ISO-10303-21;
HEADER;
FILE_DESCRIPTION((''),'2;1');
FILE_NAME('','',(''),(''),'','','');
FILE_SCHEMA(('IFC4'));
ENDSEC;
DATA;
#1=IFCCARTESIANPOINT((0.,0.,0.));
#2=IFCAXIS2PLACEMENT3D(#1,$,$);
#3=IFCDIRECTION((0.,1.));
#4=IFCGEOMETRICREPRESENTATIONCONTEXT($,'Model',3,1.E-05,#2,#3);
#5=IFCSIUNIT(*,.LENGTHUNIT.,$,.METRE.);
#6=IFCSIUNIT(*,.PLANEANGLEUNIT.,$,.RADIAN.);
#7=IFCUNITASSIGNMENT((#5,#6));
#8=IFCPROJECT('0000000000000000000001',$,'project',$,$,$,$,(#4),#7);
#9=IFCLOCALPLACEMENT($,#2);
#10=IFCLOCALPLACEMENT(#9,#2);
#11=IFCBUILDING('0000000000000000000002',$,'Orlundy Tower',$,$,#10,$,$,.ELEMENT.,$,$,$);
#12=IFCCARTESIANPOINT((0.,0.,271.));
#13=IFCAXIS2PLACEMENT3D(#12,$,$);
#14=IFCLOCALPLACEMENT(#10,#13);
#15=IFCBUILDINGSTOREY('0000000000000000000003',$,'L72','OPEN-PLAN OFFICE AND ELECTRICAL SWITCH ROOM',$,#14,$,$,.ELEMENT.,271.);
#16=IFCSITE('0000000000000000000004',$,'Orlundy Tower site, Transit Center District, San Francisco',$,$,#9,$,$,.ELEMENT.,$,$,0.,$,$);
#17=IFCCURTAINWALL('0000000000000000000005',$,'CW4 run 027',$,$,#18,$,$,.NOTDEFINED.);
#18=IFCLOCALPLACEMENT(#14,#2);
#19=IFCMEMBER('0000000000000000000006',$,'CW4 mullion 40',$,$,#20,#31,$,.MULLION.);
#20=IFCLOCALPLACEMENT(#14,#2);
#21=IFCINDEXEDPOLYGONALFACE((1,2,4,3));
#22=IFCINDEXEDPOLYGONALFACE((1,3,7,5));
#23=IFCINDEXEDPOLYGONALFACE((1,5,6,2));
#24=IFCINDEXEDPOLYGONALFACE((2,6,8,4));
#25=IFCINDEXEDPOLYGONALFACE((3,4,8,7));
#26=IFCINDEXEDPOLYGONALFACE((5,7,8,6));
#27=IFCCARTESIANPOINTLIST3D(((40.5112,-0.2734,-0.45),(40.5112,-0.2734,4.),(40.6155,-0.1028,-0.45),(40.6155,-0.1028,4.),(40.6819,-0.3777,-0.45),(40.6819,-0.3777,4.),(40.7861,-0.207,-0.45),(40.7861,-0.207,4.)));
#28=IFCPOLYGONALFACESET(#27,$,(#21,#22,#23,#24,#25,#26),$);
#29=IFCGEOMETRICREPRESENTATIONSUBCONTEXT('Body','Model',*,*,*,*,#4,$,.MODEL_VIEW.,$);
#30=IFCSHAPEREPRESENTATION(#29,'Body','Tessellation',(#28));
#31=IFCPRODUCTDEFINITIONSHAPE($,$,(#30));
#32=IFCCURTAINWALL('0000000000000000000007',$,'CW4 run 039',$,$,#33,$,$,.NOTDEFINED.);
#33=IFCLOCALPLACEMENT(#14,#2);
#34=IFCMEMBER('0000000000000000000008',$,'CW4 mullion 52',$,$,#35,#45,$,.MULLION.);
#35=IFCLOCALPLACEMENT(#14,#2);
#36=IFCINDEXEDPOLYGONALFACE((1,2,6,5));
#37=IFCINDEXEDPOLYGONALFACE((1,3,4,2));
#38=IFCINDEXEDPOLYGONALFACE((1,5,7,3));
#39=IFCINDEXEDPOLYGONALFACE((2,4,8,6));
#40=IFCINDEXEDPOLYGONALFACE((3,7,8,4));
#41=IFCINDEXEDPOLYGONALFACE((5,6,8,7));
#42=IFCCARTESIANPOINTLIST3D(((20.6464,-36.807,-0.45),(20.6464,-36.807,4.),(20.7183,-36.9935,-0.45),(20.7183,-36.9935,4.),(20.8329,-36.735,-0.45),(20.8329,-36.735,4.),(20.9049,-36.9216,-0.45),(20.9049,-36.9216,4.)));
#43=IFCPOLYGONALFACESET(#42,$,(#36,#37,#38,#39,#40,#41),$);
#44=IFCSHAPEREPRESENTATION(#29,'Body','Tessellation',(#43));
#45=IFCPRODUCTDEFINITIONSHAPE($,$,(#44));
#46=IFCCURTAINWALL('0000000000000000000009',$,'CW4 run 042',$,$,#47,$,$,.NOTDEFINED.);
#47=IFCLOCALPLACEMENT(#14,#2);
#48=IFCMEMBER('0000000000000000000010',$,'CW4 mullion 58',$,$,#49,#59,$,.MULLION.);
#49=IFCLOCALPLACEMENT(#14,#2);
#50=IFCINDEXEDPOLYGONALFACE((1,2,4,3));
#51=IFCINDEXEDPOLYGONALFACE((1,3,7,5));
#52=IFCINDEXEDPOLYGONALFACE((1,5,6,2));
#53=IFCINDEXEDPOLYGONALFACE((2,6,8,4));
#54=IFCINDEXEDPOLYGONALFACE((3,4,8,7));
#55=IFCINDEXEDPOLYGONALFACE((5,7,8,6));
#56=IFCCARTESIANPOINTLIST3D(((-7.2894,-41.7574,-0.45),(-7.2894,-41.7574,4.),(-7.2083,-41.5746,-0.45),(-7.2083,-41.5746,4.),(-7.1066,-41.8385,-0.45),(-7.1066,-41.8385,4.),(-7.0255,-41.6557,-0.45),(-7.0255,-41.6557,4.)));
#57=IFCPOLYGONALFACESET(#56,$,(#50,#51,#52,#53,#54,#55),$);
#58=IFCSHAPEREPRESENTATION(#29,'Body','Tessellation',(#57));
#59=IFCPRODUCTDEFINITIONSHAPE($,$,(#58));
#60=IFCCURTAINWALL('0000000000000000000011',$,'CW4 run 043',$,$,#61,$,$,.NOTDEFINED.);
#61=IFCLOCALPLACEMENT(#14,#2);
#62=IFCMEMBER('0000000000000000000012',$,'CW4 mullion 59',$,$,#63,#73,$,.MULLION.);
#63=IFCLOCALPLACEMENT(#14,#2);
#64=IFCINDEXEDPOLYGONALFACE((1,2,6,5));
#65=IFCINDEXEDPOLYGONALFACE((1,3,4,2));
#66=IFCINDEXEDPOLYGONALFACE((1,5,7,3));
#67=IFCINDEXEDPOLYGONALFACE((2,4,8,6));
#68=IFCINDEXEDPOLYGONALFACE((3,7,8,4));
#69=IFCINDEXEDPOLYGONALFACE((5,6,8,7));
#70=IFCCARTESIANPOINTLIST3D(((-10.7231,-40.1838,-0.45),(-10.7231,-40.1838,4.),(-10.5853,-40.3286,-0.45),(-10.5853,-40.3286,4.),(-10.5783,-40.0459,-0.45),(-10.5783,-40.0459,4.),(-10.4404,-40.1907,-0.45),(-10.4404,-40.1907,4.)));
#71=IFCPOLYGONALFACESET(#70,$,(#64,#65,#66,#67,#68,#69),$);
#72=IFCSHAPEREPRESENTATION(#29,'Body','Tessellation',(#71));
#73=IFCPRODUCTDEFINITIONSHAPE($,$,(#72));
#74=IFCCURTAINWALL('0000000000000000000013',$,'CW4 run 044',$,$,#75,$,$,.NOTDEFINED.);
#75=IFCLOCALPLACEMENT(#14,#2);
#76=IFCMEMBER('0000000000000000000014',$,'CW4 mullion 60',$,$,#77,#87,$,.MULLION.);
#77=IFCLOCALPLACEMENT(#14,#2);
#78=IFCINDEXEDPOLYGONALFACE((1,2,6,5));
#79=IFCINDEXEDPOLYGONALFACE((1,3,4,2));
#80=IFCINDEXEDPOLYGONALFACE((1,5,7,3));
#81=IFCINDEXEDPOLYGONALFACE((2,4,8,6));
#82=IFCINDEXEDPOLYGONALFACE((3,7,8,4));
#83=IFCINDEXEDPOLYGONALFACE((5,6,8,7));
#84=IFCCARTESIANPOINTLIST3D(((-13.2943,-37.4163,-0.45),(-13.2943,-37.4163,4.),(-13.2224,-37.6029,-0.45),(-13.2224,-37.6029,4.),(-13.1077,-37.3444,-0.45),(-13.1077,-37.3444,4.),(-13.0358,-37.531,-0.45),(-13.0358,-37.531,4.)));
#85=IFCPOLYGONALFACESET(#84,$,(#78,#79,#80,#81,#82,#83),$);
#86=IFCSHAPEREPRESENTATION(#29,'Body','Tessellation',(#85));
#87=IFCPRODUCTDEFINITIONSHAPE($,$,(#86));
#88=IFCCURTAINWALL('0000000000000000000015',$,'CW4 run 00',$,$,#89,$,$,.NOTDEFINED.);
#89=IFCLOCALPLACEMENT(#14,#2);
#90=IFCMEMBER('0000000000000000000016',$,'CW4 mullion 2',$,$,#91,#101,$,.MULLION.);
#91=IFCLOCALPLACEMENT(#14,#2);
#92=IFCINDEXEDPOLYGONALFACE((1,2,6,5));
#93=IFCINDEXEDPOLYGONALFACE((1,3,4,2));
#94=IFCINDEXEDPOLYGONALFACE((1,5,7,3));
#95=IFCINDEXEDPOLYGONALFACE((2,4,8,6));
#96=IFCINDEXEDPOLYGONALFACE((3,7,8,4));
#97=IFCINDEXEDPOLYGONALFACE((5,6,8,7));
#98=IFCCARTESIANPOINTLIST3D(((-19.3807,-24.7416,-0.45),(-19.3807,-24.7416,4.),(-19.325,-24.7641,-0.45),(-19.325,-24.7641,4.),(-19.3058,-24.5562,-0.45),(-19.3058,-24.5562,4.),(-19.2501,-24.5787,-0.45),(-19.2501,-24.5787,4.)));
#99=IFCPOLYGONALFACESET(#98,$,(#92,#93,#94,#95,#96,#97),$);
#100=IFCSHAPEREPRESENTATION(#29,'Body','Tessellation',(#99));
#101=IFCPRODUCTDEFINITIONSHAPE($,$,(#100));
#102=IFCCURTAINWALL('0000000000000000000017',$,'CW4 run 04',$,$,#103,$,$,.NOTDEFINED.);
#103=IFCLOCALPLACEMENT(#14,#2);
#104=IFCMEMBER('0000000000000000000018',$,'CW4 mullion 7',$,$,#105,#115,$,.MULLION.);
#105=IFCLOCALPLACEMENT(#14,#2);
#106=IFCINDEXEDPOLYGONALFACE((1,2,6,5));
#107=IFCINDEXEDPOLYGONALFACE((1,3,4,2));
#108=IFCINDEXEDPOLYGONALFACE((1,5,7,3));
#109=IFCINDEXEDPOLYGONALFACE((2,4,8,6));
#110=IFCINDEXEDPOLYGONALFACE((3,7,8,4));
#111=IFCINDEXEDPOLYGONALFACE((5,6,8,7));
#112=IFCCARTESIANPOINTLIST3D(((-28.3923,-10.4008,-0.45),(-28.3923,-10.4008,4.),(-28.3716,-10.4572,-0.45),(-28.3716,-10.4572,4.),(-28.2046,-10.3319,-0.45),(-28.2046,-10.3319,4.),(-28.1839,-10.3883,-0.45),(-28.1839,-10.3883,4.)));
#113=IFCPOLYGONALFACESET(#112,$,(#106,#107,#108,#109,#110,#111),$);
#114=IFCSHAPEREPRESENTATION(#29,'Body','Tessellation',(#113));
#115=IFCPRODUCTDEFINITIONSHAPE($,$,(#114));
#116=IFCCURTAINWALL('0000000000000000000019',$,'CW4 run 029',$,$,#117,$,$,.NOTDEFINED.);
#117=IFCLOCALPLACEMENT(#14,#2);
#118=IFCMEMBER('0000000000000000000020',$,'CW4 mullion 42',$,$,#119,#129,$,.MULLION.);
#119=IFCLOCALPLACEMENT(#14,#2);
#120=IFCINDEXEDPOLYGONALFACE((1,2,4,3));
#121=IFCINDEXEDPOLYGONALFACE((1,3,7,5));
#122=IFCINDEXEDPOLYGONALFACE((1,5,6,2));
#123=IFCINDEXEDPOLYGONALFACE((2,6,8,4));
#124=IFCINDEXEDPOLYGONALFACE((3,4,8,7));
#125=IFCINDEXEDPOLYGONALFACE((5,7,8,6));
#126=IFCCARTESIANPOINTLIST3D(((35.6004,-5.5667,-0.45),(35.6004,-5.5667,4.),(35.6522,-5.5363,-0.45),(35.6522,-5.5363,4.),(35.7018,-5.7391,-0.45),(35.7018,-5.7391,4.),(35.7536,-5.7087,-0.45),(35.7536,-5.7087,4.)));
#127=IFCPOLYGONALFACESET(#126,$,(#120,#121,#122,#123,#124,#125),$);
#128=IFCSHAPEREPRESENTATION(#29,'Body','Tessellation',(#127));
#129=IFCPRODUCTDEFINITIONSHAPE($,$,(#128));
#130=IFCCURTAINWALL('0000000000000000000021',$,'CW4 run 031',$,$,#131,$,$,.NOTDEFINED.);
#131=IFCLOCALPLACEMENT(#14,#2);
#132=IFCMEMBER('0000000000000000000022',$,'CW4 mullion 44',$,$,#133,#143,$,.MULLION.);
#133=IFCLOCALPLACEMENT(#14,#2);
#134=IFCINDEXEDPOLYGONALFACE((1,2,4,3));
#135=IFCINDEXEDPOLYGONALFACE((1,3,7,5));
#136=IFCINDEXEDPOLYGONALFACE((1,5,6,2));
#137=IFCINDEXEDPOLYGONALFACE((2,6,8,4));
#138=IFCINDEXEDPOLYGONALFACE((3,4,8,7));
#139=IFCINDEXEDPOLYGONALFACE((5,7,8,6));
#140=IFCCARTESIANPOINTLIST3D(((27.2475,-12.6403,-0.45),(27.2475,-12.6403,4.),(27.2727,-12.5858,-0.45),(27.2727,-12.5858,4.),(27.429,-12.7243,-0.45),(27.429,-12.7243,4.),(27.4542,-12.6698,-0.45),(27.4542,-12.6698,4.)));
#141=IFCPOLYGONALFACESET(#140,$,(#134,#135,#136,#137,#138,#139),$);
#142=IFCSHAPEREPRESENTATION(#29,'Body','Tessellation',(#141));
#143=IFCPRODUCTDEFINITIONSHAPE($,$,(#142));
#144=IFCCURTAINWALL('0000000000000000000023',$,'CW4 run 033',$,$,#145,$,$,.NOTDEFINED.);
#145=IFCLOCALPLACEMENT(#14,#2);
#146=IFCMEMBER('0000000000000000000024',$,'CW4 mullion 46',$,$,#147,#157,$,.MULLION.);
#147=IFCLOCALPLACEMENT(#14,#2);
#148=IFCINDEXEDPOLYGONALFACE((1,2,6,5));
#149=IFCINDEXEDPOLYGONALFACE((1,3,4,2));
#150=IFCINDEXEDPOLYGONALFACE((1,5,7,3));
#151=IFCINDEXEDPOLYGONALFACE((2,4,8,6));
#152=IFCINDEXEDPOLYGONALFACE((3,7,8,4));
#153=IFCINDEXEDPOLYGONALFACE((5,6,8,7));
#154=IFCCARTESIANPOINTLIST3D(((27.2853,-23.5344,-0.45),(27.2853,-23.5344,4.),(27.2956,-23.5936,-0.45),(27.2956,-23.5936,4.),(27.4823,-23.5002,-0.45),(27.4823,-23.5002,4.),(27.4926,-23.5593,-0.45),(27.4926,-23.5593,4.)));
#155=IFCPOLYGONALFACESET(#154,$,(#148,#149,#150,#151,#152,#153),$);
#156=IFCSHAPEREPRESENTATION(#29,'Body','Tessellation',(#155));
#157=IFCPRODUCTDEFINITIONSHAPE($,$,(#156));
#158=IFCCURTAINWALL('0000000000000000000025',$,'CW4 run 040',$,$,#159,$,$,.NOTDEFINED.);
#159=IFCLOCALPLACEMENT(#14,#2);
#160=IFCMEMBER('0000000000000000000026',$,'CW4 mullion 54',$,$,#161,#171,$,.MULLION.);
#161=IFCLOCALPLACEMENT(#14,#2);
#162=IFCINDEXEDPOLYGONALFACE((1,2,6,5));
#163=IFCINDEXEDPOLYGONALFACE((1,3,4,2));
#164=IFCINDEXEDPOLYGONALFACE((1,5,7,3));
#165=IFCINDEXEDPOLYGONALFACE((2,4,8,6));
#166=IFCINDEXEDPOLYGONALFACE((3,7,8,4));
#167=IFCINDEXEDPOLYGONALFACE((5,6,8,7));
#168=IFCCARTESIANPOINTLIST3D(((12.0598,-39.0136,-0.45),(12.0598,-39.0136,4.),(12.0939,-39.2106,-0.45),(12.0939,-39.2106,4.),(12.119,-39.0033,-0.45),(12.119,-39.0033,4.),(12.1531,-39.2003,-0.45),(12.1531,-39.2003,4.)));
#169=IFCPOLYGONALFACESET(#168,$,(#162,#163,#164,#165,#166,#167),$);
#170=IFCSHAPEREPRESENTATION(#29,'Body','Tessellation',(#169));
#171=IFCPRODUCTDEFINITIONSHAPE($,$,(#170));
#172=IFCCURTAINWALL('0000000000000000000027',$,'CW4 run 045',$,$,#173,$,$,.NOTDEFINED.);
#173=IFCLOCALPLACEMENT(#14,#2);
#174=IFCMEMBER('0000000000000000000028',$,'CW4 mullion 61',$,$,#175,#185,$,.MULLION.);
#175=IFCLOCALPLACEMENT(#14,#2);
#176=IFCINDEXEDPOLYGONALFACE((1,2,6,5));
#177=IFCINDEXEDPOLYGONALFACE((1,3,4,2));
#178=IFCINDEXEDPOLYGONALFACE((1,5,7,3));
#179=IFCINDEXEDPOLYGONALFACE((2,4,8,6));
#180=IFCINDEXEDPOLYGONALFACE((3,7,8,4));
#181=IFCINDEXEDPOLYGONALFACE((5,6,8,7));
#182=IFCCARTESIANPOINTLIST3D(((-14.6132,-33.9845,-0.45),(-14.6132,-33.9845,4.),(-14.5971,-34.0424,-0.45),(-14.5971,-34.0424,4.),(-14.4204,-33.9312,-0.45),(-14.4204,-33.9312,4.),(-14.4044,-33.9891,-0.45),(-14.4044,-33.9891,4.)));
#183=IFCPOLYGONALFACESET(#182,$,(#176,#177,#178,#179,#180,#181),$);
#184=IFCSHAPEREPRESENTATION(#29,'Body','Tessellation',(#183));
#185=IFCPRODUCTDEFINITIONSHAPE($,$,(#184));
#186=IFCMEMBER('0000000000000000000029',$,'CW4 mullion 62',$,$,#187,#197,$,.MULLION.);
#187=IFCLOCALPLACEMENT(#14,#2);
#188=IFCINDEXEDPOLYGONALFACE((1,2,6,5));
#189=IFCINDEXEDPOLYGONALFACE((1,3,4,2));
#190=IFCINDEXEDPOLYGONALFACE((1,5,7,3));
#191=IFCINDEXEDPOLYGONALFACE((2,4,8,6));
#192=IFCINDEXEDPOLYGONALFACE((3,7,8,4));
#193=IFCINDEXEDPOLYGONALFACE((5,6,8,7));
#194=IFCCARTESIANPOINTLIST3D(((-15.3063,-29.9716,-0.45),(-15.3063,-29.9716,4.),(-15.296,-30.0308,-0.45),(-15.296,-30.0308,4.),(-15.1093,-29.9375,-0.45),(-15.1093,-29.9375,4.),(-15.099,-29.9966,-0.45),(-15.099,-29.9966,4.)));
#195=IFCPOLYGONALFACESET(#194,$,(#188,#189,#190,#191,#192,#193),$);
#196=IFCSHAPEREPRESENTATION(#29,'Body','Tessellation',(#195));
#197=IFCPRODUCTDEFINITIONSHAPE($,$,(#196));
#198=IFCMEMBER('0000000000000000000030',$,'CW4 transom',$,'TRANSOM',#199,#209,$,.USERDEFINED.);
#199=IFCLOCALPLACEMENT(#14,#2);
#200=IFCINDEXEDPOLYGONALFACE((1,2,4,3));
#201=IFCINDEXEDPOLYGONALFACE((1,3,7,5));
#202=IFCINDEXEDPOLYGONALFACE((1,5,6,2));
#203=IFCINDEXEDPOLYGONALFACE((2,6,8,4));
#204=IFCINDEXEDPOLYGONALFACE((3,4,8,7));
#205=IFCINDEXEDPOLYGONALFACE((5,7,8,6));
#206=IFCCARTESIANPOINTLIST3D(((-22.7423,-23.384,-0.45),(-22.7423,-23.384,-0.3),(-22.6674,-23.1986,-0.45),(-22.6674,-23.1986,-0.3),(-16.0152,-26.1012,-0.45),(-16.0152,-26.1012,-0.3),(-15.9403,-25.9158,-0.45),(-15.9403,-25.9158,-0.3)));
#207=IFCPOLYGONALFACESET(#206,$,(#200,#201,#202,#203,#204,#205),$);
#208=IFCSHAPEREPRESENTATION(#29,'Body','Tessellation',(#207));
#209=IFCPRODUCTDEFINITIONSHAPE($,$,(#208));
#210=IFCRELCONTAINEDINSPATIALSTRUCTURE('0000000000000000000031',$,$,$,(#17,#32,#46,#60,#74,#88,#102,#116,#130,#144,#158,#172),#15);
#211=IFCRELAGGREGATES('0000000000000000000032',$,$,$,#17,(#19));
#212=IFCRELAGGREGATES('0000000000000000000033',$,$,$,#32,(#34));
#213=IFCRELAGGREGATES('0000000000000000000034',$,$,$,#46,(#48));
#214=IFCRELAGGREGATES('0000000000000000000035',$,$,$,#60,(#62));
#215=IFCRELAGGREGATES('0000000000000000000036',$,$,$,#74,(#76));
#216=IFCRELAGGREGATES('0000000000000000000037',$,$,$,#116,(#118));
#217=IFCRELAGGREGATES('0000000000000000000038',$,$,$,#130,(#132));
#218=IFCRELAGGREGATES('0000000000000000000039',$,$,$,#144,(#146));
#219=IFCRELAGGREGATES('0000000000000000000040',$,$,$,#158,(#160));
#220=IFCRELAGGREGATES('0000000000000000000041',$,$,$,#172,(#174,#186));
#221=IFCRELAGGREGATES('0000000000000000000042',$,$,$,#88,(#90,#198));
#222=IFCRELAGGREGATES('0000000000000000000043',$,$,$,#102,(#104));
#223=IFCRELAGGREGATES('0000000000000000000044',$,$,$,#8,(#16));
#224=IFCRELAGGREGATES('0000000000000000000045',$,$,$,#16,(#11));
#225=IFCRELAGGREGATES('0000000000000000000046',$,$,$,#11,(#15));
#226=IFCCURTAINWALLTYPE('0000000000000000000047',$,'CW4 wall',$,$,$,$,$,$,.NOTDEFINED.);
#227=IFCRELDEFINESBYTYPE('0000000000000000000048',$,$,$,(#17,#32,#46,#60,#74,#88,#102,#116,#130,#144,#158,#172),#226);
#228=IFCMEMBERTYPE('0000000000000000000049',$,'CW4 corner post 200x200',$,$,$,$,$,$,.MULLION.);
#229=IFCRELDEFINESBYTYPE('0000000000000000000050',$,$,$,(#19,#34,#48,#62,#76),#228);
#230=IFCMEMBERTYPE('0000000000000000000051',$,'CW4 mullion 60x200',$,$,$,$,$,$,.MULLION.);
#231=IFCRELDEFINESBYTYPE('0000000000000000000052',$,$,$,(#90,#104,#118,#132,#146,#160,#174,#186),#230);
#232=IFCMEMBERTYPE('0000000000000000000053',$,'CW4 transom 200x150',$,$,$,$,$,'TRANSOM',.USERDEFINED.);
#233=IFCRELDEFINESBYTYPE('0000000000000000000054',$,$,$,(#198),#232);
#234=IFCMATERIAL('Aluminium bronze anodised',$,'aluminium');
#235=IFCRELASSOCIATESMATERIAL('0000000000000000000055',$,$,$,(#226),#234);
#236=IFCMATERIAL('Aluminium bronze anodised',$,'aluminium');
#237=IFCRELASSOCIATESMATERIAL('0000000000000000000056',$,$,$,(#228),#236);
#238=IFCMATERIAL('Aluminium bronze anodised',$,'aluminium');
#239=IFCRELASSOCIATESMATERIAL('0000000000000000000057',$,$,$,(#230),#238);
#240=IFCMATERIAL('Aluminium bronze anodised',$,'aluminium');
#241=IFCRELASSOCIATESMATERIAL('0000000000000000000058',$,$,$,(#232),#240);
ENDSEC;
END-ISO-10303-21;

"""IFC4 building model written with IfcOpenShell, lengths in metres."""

from ifc_helpers import new_model, si_unit, direction, frame, origin, origin_2d, place, context, subcontext, project, spatial, rectangle, extrude, material, material_profile, profile_set, type_object, element, aggregate, save


model = new_model("IFC4")

# Units and contexts
model_context = context("Model", 3, precision=1e-05, world=origin(), true_north=direction((0.0, 1.0)))
body_context = subcontext(model_context, "Body", "Model", "MODEL_VIEW")
ifc_project = project(units=[si_unit("LENGTHUNIT", "METRE"), si_unit("PLANEANGLEUNIT", "RADIAN")], contexts=[model_context])

# Site, building, storey
site_placement = place(None, origin())
site = spatial("IfcSite", under=ifc_project, at=site_placement, Name="Orlundy Tower site, Transit Center District, San Francisco", CompositionType="ELEMENT", RefElevation=0.0)
building_placement = place(site_placement, origin())
building = spatial("IfcBuilding", under=site, at=building_placement, Name="Orlundy Tower", CompositionType="ELEMENT")
storey_placement = place(building_placement, frame((0.0, 0.0, 271.0)))
storey = spatial("IfcBuildingStorey", under=building, at=storey_placement, Name="L72", Description="OPEN-PLAN OFFICE AND ELECTRICAL SWITCH ROOM", CompositionType="ELEMENT", Elevation=271.0)

# Curtain walls, members
ifc_material_1 = material(Name="Aluminium bronze anodised", Category="aluminium")
curtain_wall_type = type_object("IfcCurtainWallType", Name="CW4 wall", PredefinedType="NOTDEFINED", material=ifc_material_1)
curtain_wall_1_placement = place(storey_placement, origin())
curtain_wall_1 = element("IfcCurtainWall", 1, at=curtain_wall_1_placement, inside=storey, type_object=curtain_wall_type, Name="CW4 run 027", PredefinedType="NOTDEFINED")
ifc_material_2 = material(Name="Aluminium bronze anodised", Category="aluminium")
ifc_material_profile_1 = material_profile(ifc_material_2, rectangle(XDim=0.2, YDim=0.2, at=origin_2d()), Name="CW4 corner post 200x200")
ifc_profile_set_1 = profile_set([ifc_material_profile_1], Name="Aluminium bronze anodised")
member_type_1 = type_object("IfcMemberType", Name="CW4 corner post 200x200", PredefinedType="MULLION", material=ifc_profile_set_1)
member_1_placement = place(storey_placement, frame((40.6487, -0.2402, -0.45), z_axis=(0.0, 0.0, 1.0), x_axis=(0.853395, -0.521264, 0.0)))
member_1 = element("IfcMember", 2, at=member_1_placement, type_object=member_type_1, Name="CW4 mullion 40", PredefinedType="MULLION", context=body_context, shape_type="SweptSolid", body=[
    extrude(rectangle(XDim=0.2, YDim=0.2, at=origin_2d()), origin(), (0.0, 0.0, 1.0), 4.45),
])
aggregate(curtain_wall_1, [member_1])
curtain_wall_2_placement = place(storey_placement, origin())
curtain_wall_2 = element("IfcCurtainWall", 3, at=curtain_wall_2_placement, inside=storey, type_object=curtain_wall_type, Name="CW4 run 039", PredefinedType="NOTDEFINED")
member_2_placement = place(storey_placement, frame((20.7756, -36.8643, -0.45), z_axis=(0.0, 0.0, 1.0), x_axis=(0.359828, -0.933018, 0.0)))
member_2 = element("IfcMember", 4, at=member_2_placement, type_object=member_type_1, Name="CW4 mullion 52", PredefinedType="MULLION", context=body_context, shape_type="SweptSolid", body=[
    extrude(rectangle(XDim=0.2, YDim=0.2, at=origin_2d()), origin(), (0.0, 0.0, 1.0), 4.45),
])
aggregate(curtain_wall_2, [member_2])
curtain_wall_3_placement = place(storey_placement, origin())
curtain_wall_3 = element("IfcCurtainWall", 5, at=curtain_wall_3_placement, inside=storey, type_object=curtain_wall_type, Name="CW4 run 042", PredefinedType="NOTDEFINED")
member_3_placement = place(storey_placement, frame((-7.1575, -41.7065, -0.45), z_axis=(0.0, 0.0, 1.0), x_axis=(-0.405513, -0.914089, 0.0)))
member_3 = element("IfcMember", 6, at=member_3_placement, type_object=member_type_1, Name="CW4 mullion 58", PredefinedType="MULLION", context=body_context, shape_type="SweptSolid", body=[
    extrude(rectangle(XDim=0.2, YDim=0.2, at=origin_2d()), origin(), (0.0, 0.0, 1.0), 4.45),
])
aggregate(curtain_wall_3, [member_3])
curtain_wall_4_placement = place(storey_placement, origin())
curtain_wall_4 = element("IfcCurtainWall", 7, at=curtain_wall_4_placement, inside=storey, type_object=curtain_wall_type, Name="CW4 run 043", PredefinedType="NOTDEFINED")
member_4_placement = place(storey_placement, frame((-10.5818, -40.1873, -0.45), z_axis=(0.0, 0.0, 1.0), x_axis=(-0.724292, -0.689493, 0.0)))
member_4 = element("IfcMember", 8, at=member_4_placement, type_object=member_type_1, Name="CW4 mullion 59", PredefinedType="MULLION", context=body_context, shape_type="SweptSolid", body=[
    extrude(rectangle(XDim=0.2, YDim=0.2, at=origin_2d()), origin(), (0.0, 0.0, 1.0), 4.45),
])
aggregate(curtain_wall_4, [member_4])
curtain_wall_5_placement = place(storey_placement, origin())
curtain_wall_5 = element("IfcCurtainWall", 9, at=curtain_wall_5_placement, inside=storey, type_object=curtain_wall_type, Name="CW4 run 044", PredefinedType="NOTDEFINED")
member_5_placement = place(storey_placement, frame((-13.165, -37.4736, -0.45), z_axis=(0.0, 0.0, 1.0), x_axis=(-0.933109, -0.359594, 0.0)))
member_5 = element("IfcMember", 10, at=member_5_placement, type_object=member_type_1, Name="CW4 mullion 60", PredefinedType="MULLION", context=body_context, shape_type="SweptSolid", body=[
    extrude(rectangle(XDim=0.2, YDim=0.2, at=origin_2d()), origin(), (0.0, 0.0, 1.0), 4.45),
])
aggregate(curtain_wall_5, [member_5])
curtain_wall_6_placement = place(storey_placement, origin())
curtain_wall_6 = element("IfcCurtainWall", 11, at=curtain_wall_6_placement, inside=storey, type_object=curtain_wall_type, Name="CW4 run 00", PredefinedType="NOTDEFINED")
ifc_material_3 = material(Name="Aluminium bronze anodised", Category="aluminium")
ifc_material_profile_2 = material_profile(ifc_material_3, rectangle(XDim=0.2, YDim=0.0601, at=origin_2d()), Name="CW4 mullion 60x200")
ifc_profile_set_2 = profile_set([ifc_material_profile_2], Name="Aluminium bronze anodised")
member_type_2 = type_object("IfcMemberType", Name="CW4 mullion 60x200", PredefinedType="MULLION", material=ifc_profile_set_2)
member_6_placement = place(storey_placement, frame((-19.3154, -24.6602, -0.45), z_axis=(0.0, 0.0, 1.0), x_axis=(-0.374533, -0.927213, 0.0)))
member_6 = element("IfcMember", 12, at=member_6_placement, type_object=member_type_2, Name="CW4 mullion 2", PredefinedType="MULLION", context=body_context, shape_type="SweptSolid", body=[
    extrude(rectangle(XDim=0.2, YDim=0.0601, at=origin_2d()), origin(), (0.0, 0.0, 1.0), 4.45),
])
curtain_wall_7_placement = place(storey_placement, origin())
curtain_wall_7 = element("IfcCurtainWall", 13, at=curtain_wall_7_placement, inside=storey, type_object=curtain_wall_type, Name="CW4 run 04", PredefinedType="NOTDEFINED")
member_7_placement = place(storey_placement, frame((-28.2881, -10.3945, -0.45), z_axis=(0.0, 0.0, 1.0), x_axis=(-0.93869, -0.344761, 0.0)))
member_7 = element("IfcMember", 14, at=member_7_placement, type_object=member_type_2, Name="CW4 mullion 7", PredefinedType="MULLION", context=body_context, shape_type="SweptSolid", body=[
    extrude(rectangle(XDim=0.2, YDim=0.0601, at=origin_2d()), origin(), (0.0, 0.0, 1.0), 4.45),
])
curtain_wall_8_placement = place(storey_placement, origin())
curtain_wall_8 = element("IfcCurtainWall", 15, at=curtain_wall_8_placement, inside=storey, type_object=curtain_wall_type, Name="CW4 run 029", PredefinedType="NOTDEFINED")
member_8_placement = place(storey_placement, frame((35.677, -5.6377, -0.45), z_axis=(0.0, 0.0, 1.0), x_axis=(0.506928, -0.861989, 0.0)))
member_8 = element("IfcMember", 16, at=member_8_placement, type_object=member_type_2, Name="CW4 mullion 42", PredefinedType="MULLION", context=body_context, shape_type="SweptSolid", body=[
    extrude(rectangle(XDim=0.2, YDim=0.0601, at=origin_2d()), origin(), (0.0, 0.0, 1.0), 4.45),
])
aggregate(curtain_wall_8, [member_8])
curtain_wall_9_placement = place(storey_placement, origin())
curtain_wall_9 = element("IfcCurtainWall", 17, at=curtain_wall_9_placement, inside=storey, type_object=curtain_wall_type, Name="CW4 run 031", PredefinedType="NOTDEFINED")
member_9_placement = place(storey_placement, frame((27.3508, -12.655, -0.45), z_axis=(0.0, 0.0, 1.0), x_axis=(0.907539, -0.419969, 0.0)))
member_9 = element("IfcMember", 18, at=member_9_placement, type_object=member_type_2, Name="CW4 mullion 44", PredefinedType="MULLION", context=body_context, shape_type="SweptSolid", body=[
    extrude(rectangle(XDim=0.2, YDim=0.0601, at=origin_2d()), origin(), (0.0, 0.0, 1.0), 4.45),
])
aggregate(curtain_wall_9, [member_9])
curtain_wall_10_placement = place(storey_placement, origin())
curtain_wall_10 = element("IfcCurtainWall", 19, at=curtain_wall_10_placement, inside=storey, type_object=curtain_wall_type, Name="CW4 run 033", PredefinedType="NOTDEFINED")
member_10_placement = place(storey_placement, frame((27.3889, -23.5469, -0.45), z_axis=(0.0, 0.0, 1.0), x_axis=(0.9852, 0.171411, 0.0)))
member_10 = element("IfcMember", 20, at=member_10_placement, type_object=member_type_2, Name="CW4 mullion 46", PredefinedType="MULLION", context=body_context, shape_type="SweptSolid", body=[
    extrude(rectangle(XDim=0.2, YDim=0.0601, at=origin_2d()), origin(), (0.0, 0.0, 1.0), 4.45),
])
aggregate(curtain_wall_10, [member_10])
curtain_wall_11_placement = place(storey_placement, origin())
curtain_wall_11 = element("IfcCurtainWall", 21, at=curtain_wall_11_placement, inside=storey, type_object=curtain_wall_type, Name="CW4 run 040", PredefinedType="NOTDEFINED")
member_11_placement = place(storey_placement, frame((12.1064, -39.1069, -0.45), z_axis=(0.0, 0.0, 1.0), x_axis=(0.170766, -0.985312, 0.0)))
member_11 = element("IfcMember", 22, at=member_11_placement, type_object=member_type_2, Name="CW4 mullion 54", PredefinedType="MULLION", context=body_context, shape_type="SweptSolid", body=[
    extrude(rectangle(XDim=0.2, YDim=0.0601, at=origin_2d()), origin(), (0.0, 0.0, 1.0), 4.45),
])
aggregate(curtain_wall_11, [member_11])

# Curtain wall, members
curtain_wall_12_placement = place(storey_placement, origin())
curtain_wall_12 = element("IfcCurtainWall", 23, at=curtain_wall_12_placement, inside=storey, type_object=curtain_wall_type, Name="CW4 run 045", PredefinedType="NOTDEFINED")
member_12_placement = place(storey_placement, frame((-14.5088, -33.9868, -0.45), z_axis=(0.0, 0.0, 1.0), x_axis=(-0.963847, -0.266457, 0.0)))
member_12 = element("IfcMember", 24, at=member_12_placement, type_object=member_type_2, Name="CW4 mullion 61", PredefinedType="MULLION", context=body_context, shape_type="SweptSolid", body=[
    extrude(rectangle(XDim=0.2, YDim=0.0601, at=origin_2d()), origin(), (0.0, 0.0, 1.0), 4.45),
])
member_13_placement = place(storey_placement, frame((-15.2026, -29.9841, -0.45), z_axis=(0.0, 0.0, 1.0), x_axis=(-0.985313, -0.170758, 0.0)))
member_13 = element("IfcMember", 25, at=member_13_placement, type_object=member_type_2, Name="CW4 mullion 62", PredefinedType="MULLION", context=body_context, shape_type="SweptSolid", body=[
    extrude(rectangle(XDim=0.2, YDim=0.0601, at=origin_2d()), origin(), (0.0, 0.0, 1.0), 4.45),
])
aggregate(curtain_wall_12, [member_12, member_13])

# Member
ifc_material_4 = material(Name="Aluminium bronze anodised", Category="aluminium")
ifc_material_profile_3 = material_profile(ifc_material_4, rectangle(XDim=0.2, YDim=0.1499, at=origin_2d()), Name="CW4 transom 200x150")
ifc_profile_set_3 = profile_set([ifc_material_profile_3], Name="Aluminium bronze anodised")
member_type_3 = type_object("IfcMemberType", Name="CW4 transom 200x150", ElementType="TRANSOM", PredefinedType="USERDEFINED", material=ifc_profile_set_3)
member_14_placement = place(storey_placement, frame((-15.9778, -26.0085, -0.375), z_axis=(-0.927214, 0.374533, 0.0), x_axis=(-0.374533, -0.927214, 0.0)))
member_14 = element("IfcMember", 26, at=member_14_placement, type_object=member_type_3, Name="CW4 transom", ObjectType="TRANSOM", PredefinedType="USERDEFINED", context=body_context, shape_type="SweptSolid", body=[
    extrude(rectangle(XDim=0.2, YDim=0.1499, at=origin_2d()), origin(), (0.0, 0.0, 1.0), 7.2551),
])
aggregate(curtain_wall_6, [member_6, member_14])

aggregate(curtain_wall_7, [member_7])

save(model, "model.ifc")
